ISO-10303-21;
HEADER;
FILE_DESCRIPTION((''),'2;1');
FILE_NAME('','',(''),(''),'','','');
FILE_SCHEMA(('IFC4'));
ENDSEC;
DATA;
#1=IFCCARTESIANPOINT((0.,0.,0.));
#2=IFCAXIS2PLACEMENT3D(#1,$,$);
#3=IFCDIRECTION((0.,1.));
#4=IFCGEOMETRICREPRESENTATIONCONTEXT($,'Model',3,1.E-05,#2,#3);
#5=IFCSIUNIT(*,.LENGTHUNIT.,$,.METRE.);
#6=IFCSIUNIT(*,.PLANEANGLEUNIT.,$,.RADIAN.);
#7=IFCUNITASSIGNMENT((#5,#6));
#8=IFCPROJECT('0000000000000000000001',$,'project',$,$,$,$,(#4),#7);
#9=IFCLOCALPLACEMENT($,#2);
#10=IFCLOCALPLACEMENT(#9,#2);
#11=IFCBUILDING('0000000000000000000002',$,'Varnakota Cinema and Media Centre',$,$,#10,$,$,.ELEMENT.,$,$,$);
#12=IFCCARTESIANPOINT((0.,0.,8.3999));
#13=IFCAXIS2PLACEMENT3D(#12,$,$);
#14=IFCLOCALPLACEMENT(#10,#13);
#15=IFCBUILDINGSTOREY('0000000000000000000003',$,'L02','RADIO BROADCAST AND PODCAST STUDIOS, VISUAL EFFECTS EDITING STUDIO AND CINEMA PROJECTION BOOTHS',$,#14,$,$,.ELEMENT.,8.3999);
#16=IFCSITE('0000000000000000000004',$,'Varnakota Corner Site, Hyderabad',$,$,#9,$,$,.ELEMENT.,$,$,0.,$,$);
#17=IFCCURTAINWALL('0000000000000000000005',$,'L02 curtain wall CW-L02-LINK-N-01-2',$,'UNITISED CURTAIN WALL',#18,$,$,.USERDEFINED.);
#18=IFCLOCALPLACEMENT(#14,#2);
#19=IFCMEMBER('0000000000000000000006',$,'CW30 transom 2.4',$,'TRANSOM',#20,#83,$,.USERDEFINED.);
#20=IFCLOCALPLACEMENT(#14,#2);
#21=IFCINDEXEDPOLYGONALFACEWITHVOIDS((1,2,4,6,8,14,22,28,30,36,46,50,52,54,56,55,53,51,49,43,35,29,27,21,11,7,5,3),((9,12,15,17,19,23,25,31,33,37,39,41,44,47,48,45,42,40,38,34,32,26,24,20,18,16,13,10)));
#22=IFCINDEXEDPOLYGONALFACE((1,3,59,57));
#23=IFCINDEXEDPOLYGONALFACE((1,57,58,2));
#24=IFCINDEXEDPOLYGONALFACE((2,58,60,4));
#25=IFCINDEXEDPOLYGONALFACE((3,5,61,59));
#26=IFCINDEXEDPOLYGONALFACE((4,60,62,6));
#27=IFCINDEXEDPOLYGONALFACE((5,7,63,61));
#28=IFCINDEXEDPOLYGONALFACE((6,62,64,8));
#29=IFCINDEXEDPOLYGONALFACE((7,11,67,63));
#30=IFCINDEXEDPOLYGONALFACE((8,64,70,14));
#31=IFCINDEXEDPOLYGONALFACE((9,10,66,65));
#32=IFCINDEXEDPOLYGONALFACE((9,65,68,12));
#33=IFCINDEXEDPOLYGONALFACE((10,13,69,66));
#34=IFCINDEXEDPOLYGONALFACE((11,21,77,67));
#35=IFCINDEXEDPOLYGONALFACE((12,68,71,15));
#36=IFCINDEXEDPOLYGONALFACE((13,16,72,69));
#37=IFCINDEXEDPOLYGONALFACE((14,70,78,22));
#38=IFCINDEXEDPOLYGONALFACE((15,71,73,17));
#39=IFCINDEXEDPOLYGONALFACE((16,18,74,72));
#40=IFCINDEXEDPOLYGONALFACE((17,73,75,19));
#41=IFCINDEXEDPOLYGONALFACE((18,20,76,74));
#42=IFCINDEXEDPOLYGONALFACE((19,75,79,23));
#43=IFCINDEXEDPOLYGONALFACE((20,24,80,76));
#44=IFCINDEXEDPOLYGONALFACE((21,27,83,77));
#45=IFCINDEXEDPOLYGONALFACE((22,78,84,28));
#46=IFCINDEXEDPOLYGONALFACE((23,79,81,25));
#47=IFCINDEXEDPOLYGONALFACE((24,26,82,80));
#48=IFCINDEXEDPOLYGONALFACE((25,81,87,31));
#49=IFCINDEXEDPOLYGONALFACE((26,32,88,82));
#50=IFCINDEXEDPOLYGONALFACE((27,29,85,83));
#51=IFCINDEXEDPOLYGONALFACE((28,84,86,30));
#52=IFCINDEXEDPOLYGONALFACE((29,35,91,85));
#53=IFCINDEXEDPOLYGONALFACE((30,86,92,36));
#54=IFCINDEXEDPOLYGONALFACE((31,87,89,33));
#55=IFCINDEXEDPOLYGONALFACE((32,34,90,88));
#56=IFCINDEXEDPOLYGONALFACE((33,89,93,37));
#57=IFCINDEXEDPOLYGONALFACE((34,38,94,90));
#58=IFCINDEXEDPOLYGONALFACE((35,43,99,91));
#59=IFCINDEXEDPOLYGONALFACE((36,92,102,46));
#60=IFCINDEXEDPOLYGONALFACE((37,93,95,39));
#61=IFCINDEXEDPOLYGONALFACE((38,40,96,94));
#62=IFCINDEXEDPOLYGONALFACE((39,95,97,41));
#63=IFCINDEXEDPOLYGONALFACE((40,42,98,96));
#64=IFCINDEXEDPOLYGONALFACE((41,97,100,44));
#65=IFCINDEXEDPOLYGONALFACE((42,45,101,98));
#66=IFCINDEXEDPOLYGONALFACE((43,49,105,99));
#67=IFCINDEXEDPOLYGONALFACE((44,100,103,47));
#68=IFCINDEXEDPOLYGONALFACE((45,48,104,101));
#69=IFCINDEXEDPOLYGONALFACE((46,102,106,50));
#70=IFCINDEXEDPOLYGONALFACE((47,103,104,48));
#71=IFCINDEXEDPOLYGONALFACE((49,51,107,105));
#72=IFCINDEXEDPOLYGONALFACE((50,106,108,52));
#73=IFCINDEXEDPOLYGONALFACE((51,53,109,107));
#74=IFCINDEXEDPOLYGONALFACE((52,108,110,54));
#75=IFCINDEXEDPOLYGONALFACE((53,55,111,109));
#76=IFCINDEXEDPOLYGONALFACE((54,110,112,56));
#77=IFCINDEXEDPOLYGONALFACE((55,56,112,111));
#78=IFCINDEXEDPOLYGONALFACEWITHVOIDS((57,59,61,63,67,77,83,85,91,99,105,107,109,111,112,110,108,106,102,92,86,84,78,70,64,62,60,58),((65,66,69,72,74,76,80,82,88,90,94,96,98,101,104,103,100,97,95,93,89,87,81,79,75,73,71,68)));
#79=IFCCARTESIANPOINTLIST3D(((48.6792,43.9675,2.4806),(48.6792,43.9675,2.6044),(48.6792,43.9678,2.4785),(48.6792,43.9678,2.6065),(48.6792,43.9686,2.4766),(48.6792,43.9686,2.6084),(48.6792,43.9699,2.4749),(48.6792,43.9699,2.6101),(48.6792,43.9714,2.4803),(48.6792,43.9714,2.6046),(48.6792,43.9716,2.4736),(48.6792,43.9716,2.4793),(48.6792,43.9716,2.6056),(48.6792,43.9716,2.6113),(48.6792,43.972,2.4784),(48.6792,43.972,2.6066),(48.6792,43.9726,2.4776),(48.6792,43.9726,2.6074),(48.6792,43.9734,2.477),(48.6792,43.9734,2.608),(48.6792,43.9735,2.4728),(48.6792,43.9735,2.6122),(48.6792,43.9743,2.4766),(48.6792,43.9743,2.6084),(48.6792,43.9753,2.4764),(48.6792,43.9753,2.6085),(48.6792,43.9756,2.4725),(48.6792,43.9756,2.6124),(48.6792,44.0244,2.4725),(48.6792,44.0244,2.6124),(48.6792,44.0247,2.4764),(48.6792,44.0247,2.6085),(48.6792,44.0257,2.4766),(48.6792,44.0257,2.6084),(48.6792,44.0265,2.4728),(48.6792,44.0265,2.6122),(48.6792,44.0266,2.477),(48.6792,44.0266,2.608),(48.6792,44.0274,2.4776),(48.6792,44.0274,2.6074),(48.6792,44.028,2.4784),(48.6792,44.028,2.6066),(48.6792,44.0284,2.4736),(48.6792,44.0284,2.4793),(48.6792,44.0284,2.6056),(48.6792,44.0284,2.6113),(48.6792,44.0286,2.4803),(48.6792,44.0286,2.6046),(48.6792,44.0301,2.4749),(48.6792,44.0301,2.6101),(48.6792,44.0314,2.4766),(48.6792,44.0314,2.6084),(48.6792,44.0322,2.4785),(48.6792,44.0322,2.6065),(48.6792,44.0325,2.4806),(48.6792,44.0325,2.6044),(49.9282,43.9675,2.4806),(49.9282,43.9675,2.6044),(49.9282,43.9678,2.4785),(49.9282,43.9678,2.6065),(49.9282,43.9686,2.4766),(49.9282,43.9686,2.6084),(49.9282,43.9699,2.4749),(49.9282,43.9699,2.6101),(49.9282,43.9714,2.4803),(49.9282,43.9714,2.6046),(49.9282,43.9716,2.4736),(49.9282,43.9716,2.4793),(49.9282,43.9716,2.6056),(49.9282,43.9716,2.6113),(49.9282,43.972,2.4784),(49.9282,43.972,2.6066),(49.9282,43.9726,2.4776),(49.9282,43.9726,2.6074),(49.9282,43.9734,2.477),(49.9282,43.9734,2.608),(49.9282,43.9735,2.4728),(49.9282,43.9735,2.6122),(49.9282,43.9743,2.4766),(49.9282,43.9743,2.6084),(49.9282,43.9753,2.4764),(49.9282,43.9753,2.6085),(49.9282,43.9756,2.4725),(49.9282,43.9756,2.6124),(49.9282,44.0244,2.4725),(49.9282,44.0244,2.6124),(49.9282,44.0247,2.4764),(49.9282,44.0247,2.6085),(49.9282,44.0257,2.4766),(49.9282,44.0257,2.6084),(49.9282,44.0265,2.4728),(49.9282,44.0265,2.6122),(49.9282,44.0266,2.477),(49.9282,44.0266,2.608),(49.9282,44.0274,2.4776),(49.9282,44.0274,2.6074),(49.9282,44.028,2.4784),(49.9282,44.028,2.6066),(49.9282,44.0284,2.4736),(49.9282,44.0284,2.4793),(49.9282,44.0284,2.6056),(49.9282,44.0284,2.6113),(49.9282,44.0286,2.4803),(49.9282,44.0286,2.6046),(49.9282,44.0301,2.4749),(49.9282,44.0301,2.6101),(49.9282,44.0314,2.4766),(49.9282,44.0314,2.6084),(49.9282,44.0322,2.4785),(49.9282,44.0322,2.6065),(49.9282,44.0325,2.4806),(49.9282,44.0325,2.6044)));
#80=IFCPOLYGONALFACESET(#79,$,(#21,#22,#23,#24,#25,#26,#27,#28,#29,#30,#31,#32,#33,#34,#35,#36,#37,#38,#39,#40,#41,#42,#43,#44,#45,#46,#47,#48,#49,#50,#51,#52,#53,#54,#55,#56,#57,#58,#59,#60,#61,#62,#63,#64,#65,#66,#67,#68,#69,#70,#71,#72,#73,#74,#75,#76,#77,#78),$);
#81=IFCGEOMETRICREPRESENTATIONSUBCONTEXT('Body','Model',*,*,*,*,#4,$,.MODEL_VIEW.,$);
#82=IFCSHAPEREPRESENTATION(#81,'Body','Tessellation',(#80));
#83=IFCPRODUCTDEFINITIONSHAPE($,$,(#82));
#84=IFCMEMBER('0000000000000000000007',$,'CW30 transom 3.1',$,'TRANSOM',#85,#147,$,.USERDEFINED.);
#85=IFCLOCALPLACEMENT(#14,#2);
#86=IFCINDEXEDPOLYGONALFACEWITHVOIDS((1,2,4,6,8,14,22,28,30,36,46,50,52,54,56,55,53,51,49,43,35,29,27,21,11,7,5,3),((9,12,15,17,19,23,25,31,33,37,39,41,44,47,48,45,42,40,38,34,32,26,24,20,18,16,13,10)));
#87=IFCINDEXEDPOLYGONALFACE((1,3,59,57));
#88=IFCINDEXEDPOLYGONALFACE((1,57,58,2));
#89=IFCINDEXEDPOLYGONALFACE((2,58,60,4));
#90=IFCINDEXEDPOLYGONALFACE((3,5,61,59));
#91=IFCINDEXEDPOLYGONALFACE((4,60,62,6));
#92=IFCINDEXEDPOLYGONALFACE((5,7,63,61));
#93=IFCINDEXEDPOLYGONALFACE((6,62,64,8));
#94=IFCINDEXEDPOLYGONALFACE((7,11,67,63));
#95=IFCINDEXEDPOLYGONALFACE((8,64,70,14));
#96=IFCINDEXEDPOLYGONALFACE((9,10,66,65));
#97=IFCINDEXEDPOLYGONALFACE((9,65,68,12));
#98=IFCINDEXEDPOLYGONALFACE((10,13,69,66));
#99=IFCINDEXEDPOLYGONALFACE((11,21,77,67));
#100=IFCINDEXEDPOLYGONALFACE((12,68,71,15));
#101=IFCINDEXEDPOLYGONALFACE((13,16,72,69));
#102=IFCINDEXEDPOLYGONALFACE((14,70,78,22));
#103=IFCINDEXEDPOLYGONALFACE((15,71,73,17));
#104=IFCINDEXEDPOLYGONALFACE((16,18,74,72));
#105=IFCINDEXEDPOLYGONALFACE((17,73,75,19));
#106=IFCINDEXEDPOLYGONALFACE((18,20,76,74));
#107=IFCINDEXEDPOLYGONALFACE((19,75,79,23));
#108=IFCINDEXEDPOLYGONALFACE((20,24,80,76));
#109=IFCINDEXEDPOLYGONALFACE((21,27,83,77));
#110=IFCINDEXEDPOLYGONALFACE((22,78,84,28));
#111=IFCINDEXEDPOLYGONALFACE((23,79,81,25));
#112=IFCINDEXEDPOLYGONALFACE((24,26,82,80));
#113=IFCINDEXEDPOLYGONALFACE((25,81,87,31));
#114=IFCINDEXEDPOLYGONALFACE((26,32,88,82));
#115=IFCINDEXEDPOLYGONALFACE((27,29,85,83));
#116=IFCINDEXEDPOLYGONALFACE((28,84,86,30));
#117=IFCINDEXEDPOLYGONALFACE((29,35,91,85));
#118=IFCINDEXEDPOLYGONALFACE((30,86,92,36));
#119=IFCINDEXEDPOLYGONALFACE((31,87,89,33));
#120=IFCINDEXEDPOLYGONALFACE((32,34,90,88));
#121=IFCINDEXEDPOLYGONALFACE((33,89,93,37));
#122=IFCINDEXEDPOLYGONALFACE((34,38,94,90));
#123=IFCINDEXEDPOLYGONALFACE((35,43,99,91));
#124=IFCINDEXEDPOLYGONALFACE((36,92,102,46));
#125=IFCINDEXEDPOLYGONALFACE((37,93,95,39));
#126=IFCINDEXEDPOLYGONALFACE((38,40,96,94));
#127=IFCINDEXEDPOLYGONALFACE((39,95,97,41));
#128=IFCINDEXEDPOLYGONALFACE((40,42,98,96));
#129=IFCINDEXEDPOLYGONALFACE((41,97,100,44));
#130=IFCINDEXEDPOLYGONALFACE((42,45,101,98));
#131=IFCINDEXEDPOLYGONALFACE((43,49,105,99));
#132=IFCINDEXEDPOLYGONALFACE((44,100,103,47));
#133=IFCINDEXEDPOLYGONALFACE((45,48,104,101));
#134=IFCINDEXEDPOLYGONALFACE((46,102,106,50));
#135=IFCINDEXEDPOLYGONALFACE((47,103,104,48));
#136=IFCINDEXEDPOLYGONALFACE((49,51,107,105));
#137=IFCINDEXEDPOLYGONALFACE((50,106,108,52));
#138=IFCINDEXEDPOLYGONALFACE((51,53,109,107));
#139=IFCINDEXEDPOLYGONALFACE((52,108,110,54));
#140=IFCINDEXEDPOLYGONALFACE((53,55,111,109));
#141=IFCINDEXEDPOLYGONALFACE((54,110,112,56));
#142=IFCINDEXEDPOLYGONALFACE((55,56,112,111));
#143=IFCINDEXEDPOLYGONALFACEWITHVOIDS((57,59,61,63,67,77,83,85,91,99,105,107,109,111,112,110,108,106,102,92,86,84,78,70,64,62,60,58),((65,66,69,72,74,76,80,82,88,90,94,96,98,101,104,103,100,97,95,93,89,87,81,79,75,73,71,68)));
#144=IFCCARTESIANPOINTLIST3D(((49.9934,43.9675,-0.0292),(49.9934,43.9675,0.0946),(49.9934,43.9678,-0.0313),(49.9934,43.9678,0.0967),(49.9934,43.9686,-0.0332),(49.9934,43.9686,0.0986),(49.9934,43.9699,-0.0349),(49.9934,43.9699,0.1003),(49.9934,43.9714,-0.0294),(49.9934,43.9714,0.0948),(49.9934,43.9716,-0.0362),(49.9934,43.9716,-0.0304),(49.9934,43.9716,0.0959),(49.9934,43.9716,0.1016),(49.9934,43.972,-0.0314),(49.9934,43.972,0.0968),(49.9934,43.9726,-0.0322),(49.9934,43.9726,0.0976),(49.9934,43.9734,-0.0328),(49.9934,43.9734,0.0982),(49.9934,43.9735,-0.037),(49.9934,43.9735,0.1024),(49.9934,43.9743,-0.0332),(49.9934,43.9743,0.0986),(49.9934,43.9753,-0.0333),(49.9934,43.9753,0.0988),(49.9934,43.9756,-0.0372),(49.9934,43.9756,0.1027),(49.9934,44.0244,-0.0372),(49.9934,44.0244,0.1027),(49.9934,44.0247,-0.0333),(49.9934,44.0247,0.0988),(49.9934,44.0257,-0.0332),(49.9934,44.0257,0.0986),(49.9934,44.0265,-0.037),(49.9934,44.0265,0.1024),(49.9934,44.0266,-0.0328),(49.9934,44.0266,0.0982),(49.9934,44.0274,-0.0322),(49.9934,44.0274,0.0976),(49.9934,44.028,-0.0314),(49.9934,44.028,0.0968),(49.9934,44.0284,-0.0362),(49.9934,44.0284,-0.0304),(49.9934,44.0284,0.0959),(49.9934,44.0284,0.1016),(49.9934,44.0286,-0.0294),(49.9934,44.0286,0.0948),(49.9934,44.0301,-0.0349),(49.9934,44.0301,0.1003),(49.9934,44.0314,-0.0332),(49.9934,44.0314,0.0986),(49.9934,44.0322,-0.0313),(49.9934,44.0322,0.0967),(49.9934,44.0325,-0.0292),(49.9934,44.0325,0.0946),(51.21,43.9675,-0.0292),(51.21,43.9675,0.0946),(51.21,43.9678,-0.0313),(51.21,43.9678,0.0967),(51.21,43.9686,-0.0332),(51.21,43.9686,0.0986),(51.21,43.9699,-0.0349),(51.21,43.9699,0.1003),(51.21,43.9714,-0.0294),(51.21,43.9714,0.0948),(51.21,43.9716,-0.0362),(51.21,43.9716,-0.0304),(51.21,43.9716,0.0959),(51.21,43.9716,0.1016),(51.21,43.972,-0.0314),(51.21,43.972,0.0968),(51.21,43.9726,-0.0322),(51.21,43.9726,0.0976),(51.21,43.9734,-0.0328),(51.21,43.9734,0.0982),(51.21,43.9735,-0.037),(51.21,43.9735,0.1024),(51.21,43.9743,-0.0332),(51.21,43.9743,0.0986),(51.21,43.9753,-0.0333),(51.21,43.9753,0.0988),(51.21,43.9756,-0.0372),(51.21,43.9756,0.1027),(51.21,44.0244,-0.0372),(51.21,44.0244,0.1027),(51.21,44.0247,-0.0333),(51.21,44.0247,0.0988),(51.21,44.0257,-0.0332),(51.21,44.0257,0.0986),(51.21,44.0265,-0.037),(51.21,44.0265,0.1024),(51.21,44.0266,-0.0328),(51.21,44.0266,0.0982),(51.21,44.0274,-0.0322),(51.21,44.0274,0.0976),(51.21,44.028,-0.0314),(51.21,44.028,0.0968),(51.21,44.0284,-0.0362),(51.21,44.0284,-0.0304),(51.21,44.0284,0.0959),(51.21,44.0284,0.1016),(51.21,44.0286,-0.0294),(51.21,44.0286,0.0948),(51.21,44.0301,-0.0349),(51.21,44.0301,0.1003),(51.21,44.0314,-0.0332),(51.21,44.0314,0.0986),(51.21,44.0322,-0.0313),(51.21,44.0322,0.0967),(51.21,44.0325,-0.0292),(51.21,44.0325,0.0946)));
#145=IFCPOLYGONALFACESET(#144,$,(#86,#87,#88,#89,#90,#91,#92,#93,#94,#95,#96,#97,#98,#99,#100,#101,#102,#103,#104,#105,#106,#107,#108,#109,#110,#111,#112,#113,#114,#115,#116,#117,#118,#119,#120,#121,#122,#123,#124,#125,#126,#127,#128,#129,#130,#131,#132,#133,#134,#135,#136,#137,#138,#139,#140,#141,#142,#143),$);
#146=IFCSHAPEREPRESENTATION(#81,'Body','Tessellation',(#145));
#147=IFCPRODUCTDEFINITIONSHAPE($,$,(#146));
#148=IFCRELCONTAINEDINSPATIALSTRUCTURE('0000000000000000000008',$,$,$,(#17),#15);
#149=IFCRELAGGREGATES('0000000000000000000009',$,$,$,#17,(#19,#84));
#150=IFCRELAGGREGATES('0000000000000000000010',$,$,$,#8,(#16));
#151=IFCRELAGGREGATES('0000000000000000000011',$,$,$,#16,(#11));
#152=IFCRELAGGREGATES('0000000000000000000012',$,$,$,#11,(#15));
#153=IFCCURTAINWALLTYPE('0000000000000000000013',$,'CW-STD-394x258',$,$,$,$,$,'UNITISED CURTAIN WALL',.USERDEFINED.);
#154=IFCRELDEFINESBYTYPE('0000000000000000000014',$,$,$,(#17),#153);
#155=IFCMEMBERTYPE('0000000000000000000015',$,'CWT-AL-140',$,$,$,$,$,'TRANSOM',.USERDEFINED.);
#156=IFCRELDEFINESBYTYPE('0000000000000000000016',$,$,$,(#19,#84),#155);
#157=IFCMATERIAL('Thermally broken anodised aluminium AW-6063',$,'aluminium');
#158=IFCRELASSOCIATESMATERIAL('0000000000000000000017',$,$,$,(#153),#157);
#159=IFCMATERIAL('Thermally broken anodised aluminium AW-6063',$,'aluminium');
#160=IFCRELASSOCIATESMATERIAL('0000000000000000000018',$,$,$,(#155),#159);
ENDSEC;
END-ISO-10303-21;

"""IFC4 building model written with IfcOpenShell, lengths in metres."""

from ifc_helpers import new_model, si_unit, direction, frame, origin, origin_2d, place, context, subcontext, project, spatial, hollow_rectangle, extrude, material, material_profile, profile_set, type_object, element, aggregate, save


model = new_model("IFC4")

# Units and contexts
model_context = context("Model", 3, precision=1e-05, world=origin(), true_north=direction((0.0, 1.0)))
body_context = subcontext(model_context, "Body", "Model", "MODEL_VIEW")
ifc_project = project(units=[si_unit("LENGTHUNIT", "METRE"), si_unit("PLANEANGLEUNIT", "RADIAN")], contexts=[model_context])

# Site, building, storey
site_placement = place(None, origin())
site = spatial("IfcSite", under=ifc_project, at=site_placement, Name="Varnakota Corner Site, Hyderabad", CompositionType="ELEMENT", RefElevation=0.0)
building_placement = place(site_placement, origin())
building = spatial("IfcBuilding", under=site, at=building_placement, Name="Varnakota Cinema and Media Centre", CompositionType="ELEMENT")
storey_placement = place(building_placement, frame((0.0, 0.0, 8.3999)))
storey = spatial("IfcBuildingStorey", under=building, at=storey_placement, Name="L02", Description="RADIO BROADCAST AND PODCAST STUDIOS, VISUAL EFFECTS EDITING STUDIO AND CINEMA PROJECTION BOOTHS", CompositionType="ELEMENT", Elevation=8.3999)

# Shared definitions
ifc_material_1 = material(Name="Thermally broken anodised aluminium AW-6063", Category="aluminium")
curtain_wall_type = type_object("IfcCurtainWallType", Name="CW-STD-394x258", ElementType="UNITISED CURTAIN WALL", PredefinedType="USERDEFINED", material=ifc_material_1)

# Curtain wall, members
curtain_wall_1_placement = place(storey_placement, origin())
curtain_wall_1 = element("IfcCurtainWall", 1, at=curtain_wall_1_placement, inside=storey, type_object=curtain_wall_type, Name="L02 curtain wall CW-L02-LINK-N-01-2", ObjectType="UNITISED CURTAIN WALL", PredefinedType="USERDEFINED")
ifc_material_2 = material(Name="Thermally broken anodised aluminium AW-6063", Category="aluminium")
ifc_material_profile_1 = material_profile(ifc_material_2, hollow_rectangle(XDim=0.0649, YDim=0.1399, WallThickness=0.0039, InnerFilletRadius=0.0039, OuterFilletRadius=0.0081, at=origin_2d()), Name="AL-TRANSOM 140x65x4")
ifc_profile_set_1 = profile_set([ifc_material_profile_1], Name="Thermally broken anodised aluminium AW-6063")
member_type_1 = type_object("IfcMemberType", Name="CWT-AL-140", ElementType="TRANSOM", PredefinedType="USERDEFINED", material=ifc_profile_set_1)
member_1_placement = place(storey_placement, frame((48.6792, 44.0, 2.5425), z_axis=(1.0, 0.0, 0.0), x_axis=(0.0, 1.0, 0.0)))
member_1 = element("IfcMember", 2, at=member_1_placement, type_object=member_type_1, Name="CW30 transom 2.4", ObjectType="TRANSOM", PredefinedType="USERDEFINED", context=body_context, shape_type="SweptSolid", body=[
    extrude(hollow_rectangle(XDim=0.0649, YDim=0.1399, WallThickness=0.0039, InnerFilletRadius=0.0039, OuterFilletRadius=0.0081, at=origin_2d()), origin(), (0.0, 0.0, 1.0), 1.249),
])
member_2_placement = place(storey_placement, frame((49.9934, 44.0, 0.0327), z_axis=(1.0, 0.0, 0.0), x_axis=(0.0, 1.0, 0.0)))
member_2 = element("IfcMember", 3, at=member_2_placement, type_object=member_type_1, Name="CW30 transom 3.1", ObjectType="TRANSOM", PredefinedType="USERDEFINED", context=body_context, shape_type="SweptSolid", body=[
    extrude(hollow_rectangle(XDim=0.0649, YDim=0.1399, WallThickness=0.0039, InnerFilletRadius=0.0039, OuterFilletRadius=0.0081, at=origin_2d()), origin(), (0.0, 0.0, 1.0), 1.2166),
])

aggregate(curtain_wall_1, [member_1, member_2])

save(model, "model.ifc")
